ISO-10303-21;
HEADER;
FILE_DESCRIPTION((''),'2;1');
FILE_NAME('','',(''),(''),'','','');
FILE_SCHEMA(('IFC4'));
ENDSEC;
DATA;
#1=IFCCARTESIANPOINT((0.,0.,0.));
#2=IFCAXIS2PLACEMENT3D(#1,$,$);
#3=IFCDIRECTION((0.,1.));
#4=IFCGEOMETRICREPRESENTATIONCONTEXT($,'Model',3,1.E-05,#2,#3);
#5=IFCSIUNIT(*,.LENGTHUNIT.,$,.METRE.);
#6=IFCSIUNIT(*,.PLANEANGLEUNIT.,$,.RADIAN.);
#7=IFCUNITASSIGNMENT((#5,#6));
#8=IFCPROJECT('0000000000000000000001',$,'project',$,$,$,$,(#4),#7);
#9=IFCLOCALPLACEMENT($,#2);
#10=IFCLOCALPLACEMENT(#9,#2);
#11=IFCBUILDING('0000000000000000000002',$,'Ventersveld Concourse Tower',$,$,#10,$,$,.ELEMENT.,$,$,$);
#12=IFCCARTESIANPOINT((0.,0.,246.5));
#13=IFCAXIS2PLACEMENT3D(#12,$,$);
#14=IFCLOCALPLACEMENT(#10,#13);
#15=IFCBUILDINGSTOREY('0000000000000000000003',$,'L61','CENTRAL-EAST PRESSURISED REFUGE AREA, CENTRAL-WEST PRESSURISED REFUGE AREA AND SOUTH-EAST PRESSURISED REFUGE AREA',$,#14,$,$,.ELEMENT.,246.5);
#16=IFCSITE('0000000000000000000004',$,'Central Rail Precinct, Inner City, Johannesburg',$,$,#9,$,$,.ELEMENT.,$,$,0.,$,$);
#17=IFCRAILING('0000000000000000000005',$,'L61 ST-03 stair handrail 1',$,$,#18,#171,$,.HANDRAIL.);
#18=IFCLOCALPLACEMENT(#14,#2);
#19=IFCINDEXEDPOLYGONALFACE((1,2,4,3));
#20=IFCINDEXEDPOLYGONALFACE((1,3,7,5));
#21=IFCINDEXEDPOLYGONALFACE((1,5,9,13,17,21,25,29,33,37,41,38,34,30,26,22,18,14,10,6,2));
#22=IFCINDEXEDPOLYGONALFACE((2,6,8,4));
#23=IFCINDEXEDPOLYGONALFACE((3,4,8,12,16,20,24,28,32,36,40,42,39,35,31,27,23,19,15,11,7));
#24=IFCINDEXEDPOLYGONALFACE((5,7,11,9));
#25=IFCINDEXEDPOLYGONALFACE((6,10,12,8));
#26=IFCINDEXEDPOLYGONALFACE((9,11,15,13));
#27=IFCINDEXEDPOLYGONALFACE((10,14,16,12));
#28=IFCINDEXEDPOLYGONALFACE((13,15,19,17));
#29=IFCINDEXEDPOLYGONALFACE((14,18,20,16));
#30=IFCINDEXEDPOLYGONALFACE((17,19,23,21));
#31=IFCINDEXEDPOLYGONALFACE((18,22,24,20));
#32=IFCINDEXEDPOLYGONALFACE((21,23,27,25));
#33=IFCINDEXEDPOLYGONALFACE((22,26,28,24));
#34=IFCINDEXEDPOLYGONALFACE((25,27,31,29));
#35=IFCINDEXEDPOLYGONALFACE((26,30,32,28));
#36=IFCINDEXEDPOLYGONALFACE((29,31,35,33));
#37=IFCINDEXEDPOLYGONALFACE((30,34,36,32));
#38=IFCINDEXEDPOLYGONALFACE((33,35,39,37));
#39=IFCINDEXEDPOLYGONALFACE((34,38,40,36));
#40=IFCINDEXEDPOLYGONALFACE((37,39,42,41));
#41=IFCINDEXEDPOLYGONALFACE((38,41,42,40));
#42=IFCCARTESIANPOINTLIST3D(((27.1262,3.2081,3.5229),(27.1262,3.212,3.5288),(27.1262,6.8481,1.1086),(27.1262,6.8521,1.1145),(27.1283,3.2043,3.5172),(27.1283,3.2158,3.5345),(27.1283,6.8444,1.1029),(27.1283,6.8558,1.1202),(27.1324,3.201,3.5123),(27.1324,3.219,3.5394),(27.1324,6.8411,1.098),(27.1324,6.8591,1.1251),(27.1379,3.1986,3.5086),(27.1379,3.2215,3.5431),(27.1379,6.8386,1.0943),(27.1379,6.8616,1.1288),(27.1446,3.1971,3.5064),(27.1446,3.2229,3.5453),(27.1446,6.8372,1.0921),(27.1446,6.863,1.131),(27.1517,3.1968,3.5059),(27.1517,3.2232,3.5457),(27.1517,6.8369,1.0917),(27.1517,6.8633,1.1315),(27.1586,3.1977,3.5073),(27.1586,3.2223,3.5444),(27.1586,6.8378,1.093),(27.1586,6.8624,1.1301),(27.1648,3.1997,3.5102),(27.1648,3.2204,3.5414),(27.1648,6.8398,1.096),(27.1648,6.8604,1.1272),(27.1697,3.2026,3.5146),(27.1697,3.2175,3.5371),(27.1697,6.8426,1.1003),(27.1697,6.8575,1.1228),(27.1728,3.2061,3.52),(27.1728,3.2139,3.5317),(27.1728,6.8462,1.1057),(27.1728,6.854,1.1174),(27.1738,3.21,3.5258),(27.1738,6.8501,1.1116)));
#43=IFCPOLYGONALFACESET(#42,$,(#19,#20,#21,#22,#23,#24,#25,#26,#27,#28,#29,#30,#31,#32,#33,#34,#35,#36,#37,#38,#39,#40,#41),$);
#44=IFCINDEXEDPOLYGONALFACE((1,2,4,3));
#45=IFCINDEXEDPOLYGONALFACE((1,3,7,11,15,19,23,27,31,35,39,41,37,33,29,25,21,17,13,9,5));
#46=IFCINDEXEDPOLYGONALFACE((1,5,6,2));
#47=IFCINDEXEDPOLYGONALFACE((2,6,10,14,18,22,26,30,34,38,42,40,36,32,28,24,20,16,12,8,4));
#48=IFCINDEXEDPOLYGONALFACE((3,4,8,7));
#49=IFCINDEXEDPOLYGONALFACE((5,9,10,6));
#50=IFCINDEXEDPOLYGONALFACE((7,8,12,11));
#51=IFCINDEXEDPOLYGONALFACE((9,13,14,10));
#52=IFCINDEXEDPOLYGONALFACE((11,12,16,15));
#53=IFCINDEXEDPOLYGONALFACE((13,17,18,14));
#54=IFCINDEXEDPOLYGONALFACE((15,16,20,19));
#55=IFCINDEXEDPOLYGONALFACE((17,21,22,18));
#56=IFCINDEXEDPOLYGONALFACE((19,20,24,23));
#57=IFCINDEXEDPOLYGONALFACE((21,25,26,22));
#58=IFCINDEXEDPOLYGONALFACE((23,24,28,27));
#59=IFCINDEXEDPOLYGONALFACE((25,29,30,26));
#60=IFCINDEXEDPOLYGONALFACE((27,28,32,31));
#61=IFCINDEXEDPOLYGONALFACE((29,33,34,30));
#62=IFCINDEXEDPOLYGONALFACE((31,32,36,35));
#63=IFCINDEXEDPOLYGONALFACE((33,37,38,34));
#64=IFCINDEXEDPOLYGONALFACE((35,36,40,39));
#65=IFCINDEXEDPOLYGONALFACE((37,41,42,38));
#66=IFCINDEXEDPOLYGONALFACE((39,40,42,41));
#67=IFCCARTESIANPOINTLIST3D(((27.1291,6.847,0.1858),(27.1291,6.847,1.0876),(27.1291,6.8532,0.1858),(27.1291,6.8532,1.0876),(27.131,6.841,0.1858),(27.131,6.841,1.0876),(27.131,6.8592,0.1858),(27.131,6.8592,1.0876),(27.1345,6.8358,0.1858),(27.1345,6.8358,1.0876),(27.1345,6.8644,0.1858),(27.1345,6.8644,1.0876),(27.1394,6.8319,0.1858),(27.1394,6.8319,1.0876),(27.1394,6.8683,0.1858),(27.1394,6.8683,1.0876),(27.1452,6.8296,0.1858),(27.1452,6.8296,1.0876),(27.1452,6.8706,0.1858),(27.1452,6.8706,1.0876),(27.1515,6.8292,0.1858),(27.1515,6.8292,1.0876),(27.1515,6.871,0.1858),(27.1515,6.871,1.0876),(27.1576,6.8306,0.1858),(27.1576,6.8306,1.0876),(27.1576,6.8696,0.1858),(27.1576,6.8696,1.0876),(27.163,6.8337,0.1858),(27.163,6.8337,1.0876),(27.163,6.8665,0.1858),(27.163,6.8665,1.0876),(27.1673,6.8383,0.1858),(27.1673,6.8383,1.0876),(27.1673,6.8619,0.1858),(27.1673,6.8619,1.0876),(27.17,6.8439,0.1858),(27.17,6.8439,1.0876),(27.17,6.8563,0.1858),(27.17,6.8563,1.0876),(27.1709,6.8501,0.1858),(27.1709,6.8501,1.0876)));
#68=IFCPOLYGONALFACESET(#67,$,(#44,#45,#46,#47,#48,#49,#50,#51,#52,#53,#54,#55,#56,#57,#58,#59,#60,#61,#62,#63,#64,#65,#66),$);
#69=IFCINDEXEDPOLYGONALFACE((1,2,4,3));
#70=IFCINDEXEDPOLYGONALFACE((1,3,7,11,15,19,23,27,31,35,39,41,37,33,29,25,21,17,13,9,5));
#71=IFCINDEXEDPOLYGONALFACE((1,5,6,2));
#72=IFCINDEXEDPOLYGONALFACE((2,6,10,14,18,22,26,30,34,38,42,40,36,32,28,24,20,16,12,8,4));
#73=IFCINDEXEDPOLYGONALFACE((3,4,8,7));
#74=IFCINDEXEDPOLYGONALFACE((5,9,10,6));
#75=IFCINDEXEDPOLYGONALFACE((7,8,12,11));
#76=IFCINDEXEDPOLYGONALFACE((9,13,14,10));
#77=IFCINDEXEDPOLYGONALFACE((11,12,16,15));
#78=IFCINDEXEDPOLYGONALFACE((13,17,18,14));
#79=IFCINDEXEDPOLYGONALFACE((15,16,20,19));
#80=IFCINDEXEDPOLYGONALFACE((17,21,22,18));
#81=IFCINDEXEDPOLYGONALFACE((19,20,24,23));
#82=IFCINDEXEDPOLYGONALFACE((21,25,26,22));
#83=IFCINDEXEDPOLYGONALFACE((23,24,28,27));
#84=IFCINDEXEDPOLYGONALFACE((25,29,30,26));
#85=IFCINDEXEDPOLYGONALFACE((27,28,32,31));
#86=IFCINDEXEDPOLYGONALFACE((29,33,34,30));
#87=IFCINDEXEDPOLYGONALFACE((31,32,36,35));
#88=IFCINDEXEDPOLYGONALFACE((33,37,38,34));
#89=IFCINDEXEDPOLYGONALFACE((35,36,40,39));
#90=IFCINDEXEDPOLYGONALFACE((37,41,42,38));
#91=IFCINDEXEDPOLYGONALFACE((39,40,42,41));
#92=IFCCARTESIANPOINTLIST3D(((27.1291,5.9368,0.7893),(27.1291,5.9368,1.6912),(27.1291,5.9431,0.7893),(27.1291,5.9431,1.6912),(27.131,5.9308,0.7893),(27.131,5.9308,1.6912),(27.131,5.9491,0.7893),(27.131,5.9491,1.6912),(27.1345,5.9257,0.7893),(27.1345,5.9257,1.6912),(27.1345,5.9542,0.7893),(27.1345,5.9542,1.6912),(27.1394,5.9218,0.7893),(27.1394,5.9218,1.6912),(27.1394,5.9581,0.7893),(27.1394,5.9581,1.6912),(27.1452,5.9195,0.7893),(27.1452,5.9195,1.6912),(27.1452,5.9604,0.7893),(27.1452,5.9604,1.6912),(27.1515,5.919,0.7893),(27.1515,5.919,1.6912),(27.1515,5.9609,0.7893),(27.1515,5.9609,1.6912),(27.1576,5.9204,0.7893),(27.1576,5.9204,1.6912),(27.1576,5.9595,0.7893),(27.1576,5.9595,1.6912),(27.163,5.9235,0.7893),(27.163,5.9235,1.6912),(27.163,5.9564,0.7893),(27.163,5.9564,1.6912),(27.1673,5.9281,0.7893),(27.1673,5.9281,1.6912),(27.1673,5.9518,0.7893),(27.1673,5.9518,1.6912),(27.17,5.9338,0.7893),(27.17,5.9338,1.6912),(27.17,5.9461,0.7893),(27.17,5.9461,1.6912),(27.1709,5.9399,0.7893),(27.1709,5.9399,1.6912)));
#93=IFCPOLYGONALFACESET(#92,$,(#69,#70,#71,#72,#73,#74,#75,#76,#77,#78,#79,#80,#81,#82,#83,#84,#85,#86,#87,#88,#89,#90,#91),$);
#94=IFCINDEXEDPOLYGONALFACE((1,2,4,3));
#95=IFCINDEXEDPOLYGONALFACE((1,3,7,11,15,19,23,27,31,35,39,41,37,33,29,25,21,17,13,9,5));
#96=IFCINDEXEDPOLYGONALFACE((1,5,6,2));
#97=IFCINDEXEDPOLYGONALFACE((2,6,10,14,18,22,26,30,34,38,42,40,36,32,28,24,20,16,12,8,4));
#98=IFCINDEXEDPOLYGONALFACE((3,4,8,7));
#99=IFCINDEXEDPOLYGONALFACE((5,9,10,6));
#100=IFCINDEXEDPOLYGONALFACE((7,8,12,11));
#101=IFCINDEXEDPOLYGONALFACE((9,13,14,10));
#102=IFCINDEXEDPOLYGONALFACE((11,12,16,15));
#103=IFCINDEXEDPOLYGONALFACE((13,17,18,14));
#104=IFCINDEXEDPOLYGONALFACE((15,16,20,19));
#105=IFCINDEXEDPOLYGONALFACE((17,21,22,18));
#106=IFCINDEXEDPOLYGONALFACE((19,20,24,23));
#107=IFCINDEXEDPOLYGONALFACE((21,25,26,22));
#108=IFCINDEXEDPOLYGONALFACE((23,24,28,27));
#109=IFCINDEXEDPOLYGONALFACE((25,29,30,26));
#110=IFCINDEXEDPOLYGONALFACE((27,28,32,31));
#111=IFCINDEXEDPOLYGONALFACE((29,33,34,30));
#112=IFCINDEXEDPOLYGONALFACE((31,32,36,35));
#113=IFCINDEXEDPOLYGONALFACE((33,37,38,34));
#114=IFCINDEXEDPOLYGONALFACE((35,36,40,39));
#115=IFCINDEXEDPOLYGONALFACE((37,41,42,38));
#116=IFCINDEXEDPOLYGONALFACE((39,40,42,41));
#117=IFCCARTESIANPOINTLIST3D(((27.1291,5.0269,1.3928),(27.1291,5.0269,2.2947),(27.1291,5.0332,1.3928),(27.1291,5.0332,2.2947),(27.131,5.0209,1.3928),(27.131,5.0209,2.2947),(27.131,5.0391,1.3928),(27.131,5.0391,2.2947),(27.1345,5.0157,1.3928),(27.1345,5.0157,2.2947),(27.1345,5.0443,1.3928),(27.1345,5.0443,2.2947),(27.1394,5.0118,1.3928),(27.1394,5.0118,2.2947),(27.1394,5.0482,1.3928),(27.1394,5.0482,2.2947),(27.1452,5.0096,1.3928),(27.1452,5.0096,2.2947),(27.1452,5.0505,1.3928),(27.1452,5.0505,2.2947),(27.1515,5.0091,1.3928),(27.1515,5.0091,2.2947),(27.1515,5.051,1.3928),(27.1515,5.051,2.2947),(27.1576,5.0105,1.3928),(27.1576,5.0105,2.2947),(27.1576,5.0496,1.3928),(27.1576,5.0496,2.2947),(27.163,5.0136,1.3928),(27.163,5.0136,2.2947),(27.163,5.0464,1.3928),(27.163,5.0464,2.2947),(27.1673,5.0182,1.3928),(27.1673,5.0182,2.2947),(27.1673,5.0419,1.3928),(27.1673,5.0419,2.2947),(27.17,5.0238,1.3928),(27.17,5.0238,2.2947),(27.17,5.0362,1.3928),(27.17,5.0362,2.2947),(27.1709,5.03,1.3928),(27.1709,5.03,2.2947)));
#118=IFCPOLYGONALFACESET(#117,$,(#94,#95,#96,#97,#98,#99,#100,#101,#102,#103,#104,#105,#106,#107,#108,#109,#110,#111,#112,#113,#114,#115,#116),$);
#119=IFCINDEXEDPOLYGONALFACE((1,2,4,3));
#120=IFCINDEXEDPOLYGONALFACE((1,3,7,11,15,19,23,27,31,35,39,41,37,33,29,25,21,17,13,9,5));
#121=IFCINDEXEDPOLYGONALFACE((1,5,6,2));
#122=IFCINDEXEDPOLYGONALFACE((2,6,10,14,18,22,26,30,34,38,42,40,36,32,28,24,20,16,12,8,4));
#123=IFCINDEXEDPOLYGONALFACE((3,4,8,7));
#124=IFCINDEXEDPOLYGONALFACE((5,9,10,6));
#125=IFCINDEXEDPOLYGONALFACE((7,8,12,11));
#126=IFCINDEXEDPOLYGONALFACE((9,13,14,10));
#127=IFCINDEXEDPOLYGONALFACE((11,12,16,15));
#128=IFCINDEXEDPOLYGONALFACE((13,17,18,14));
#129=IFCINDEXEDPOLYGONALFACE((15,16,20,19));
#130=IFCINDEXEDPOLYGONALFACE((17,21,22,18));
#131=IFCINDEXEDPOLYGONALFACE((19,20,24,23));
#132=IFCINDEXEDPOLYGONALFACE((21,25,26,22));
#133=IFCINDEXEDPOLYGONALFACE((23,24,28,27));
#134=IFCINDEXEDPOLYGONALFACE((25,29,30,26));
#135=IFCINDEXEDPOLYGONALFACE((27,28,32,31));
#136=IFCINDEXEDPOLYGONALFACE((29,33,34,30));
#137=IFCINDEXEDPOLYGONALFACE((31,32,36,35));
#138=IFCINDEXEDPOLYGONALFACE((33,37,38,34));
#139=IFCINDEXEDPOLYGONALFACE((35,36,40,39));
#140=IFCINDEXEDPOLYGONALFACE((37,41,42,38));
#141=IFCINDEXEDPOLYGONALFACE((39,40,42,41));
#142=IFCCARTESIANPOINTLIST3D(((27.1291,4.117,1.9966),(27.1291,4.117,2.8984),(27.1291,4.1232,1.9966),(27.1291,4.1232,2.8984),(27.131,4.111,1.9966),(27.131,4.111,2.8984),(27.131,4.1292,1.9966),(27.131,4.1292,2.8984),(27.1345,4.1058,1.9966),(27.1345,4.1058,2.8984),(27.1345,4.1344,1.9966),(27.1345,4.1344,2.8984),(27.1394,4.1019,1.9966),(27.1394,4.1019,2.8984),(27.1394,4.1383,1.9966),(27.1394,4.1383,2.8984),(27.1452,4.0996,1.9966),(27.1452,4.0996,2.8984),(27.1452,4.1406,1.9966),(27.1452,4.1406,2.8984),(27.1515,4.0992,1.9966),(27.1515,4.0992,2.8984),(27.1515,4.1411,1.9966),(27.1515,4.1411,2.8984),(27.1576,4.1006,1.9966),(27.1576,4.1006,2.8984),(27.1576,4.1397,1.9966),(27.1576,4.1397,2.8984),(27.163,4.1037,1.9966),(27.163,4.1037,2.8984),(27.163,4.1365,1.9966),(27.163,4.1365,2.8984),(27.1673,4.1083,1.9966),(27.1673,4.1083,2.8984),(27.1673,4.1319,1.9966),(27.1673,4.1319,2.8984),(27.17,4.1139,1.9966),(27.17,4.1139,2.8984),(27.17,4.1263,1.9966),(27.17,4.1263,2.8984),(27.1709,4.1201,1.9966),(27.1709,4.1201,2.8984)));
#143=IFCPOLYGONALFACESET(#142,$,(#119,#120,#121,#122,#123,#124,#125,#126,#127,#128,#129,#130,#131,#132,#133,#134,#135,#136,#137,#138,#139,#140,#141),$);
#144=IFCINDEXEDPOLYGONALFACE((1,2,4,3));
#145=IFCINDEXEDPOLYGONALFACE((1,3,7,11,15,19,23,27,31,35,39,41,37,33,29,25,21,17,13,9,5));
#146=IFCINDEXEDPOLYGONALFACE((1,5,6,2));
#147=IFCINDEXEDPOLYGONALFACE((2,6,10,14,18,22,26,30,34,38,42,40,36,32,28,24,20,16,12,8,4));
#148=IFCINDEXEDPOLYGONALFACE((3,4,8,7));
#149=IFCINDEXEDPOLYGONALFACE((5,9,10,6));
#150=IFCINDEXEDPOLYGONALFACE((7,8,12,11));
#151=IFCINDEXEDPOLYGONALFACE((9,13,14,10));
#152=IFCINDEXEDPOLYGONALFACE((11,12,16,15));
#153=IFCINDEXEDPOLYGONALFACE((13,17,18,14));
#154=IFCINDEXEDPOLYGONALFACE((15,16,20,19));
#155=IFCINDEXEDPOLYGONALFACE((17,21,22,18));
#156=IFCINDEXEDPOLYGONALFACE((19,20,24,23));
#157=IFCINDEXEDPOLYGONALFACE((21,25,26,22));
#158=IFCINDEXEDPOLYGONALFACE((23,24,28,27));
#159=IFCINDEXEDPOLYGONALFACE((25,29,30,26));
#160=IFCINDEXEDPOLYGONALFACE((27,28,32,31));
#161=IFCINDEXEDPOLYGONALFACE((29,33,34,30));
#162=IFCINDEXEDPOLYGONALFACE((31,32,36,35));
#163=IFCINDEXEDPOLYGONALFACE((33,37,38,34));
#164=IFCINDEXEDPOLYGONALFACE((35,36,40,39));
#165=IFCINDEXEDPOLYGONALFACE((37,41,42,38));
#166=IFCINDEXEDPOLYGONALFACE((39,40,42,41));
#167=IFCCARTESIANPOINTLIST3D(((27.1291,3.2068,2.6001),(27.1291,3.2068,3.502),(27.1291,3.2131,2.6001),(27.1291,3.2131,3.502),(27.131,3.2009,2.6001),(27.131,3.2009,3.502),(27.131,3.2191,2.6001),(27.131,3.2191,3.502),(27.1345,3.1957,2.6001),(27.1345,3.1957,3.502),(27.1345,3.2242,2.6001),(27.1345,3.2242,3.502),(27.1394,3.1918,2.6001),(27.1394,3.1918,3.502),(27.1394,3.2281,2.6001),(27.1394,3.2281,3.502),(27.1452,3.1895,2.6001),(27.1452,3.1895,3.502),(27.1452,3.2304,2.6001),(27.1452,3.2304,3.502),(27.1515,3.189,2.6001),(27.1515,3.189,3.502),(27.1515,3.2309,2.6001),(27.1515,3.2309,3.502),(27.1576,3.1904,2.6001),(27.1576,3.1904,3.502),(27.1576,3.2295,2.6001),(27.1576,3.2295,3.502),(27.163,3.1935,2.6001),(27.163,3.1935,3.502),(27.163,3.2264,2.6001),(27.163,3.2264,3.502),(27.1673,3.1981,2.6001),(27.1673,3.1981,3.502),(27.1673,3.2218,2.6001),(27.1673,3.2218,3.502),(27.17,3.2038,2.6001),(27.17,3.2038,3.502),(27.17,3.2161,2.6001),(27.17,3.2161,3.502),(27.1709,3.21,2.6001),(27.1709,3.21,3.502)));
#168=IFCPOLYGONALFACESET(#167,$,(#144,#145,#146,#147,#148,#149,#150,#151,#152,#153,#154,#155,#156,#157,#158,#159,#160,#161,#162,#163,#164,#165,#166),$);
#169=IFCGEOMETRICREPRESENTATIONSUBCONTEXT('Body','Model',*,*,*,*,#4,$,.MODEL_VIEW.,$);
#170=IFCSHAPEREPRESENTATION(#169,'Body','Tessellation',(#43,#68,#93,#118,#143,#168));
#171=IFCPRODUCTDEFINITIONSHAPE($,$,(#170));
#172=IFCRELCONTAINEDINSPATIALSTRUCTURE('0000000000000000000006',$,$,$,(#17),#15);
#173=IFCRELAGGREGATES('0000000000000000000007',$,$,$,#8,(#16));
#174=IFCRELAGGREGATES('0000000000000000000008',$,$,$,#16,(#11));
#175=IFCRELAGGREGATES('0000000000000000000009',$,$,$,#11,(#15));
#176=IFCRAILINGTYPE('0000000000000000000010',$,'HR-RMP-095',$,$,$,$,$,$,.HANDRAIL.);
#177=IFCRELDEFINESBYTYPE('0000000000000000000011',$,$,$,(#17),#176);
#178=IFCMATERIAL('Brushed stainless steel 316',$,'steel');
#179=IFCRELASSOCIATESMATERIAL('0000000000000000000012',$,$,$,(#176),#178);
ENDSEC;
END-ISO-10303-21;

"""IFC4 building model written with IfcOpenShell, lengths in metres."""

from ifc_helpers import new_model, si_unit, direction, frame, origin, origin_2d, place, context, subcontext, project, spatial, circle, extrude, material, type_object, element, save


model = new_model("IFC4")

# Units and contexts
model_context = context("Model", 3, precision=1e-05, world=origin(), true_north=direction((0.0, 1.0)))
body_context = subcontext(model_context, "Body", "Model", "MODEL_VIEW")
ifc_project = project(units=[si_unit("LENGTHUNIT", "METRE"), si_unit("PLANEANGLEUNIT", "RADIAN")], contexts=[model_context])

# Site, building, storey
site_placement = place(None, origin())
site = spatial("IfcSite", under=ifc_project, at=site_placement, Name="Central Rail Precinct, Inner City, Johannesburg", CompositionType="ELEMENT", RefElevation=0.0)
building_placement = place(site_placement, origin())
building = spatial("IfcBuilding", under=site, at=building_placement, Name="Ventersveld Concourse Tower", CompositionType="ELEMENT")
storey_placement = place(building_placement, frame((0.0, 0.0, 246.5)))
storey = spatial("IfcBuildingStorey", under=building, at=storey_placement, Name="L61", Description="CENTRAL-EAST PRESSURISED REFUGE AREA, CENTRAL-WEST PRESSURISED REFUGE AREA AND SOUTH-EAST PRESSURISED REFUGE AREA", CompositionType="ELEMENT", Elevation=246.5)

# Railing
ifc_material_1 = material(Name="Brushed stainless steel 316", Category="steel")
railing_type = type_object("IfcRailingType", Name="HR-RMP-095", PredefinedType="HANDRAIL", material=ifc_material_1)
railing_placement = place(storey_placement, frame((27.1499, 6.8501, 0.1858)))
element("IfcRailing", 1, at=railing_placement, inside=storey, type_object=railing_type, Name="L61 ST-03 stair handrail 1", PredefinedType="HANDRAIL", context=body_context, shape_type="SweptSolid", body=[
    extrude(circle(Radius=0.0239, at=origin_2d()), frame((0.0, 0.0, 0.9258), z_axis=(0.0, -0.833364, 0.552725), x_axis=(1.0, 0.0, 0.0)), (0.0, 0.0, 1.0), 4.3679),
    extrude(circle(Radius=0.021, at=origin_2d()), origin(), (0.0, 0.0, 1.0), 0.9019),
    extrude(circle(Radius=0.021, at=origin_2d()), frame((0.0, -0.9102, 0.6035)), (0.0, 0.0, 1.0), 0.9019),
    extrude(circle(Radius=0.021, at=origin_2d()), frame((0.0, -1.8201, 1.207)), (0.0, 0.0, 1.0), 0.9019),
    extrude(circle(Radius=0.021, at=origin_2d()), frame((0.0, -2.73, 1.8108)), (0.0, 0.0, 1.0), 0.9019),
    extrude(circle(Radius=0.021, at=origin_2d()), frame((0.0, -3.6401, 2.4143)), (0.0, 0.0, 1.0), 0.9019),
])

save(model, "model.ifc")
